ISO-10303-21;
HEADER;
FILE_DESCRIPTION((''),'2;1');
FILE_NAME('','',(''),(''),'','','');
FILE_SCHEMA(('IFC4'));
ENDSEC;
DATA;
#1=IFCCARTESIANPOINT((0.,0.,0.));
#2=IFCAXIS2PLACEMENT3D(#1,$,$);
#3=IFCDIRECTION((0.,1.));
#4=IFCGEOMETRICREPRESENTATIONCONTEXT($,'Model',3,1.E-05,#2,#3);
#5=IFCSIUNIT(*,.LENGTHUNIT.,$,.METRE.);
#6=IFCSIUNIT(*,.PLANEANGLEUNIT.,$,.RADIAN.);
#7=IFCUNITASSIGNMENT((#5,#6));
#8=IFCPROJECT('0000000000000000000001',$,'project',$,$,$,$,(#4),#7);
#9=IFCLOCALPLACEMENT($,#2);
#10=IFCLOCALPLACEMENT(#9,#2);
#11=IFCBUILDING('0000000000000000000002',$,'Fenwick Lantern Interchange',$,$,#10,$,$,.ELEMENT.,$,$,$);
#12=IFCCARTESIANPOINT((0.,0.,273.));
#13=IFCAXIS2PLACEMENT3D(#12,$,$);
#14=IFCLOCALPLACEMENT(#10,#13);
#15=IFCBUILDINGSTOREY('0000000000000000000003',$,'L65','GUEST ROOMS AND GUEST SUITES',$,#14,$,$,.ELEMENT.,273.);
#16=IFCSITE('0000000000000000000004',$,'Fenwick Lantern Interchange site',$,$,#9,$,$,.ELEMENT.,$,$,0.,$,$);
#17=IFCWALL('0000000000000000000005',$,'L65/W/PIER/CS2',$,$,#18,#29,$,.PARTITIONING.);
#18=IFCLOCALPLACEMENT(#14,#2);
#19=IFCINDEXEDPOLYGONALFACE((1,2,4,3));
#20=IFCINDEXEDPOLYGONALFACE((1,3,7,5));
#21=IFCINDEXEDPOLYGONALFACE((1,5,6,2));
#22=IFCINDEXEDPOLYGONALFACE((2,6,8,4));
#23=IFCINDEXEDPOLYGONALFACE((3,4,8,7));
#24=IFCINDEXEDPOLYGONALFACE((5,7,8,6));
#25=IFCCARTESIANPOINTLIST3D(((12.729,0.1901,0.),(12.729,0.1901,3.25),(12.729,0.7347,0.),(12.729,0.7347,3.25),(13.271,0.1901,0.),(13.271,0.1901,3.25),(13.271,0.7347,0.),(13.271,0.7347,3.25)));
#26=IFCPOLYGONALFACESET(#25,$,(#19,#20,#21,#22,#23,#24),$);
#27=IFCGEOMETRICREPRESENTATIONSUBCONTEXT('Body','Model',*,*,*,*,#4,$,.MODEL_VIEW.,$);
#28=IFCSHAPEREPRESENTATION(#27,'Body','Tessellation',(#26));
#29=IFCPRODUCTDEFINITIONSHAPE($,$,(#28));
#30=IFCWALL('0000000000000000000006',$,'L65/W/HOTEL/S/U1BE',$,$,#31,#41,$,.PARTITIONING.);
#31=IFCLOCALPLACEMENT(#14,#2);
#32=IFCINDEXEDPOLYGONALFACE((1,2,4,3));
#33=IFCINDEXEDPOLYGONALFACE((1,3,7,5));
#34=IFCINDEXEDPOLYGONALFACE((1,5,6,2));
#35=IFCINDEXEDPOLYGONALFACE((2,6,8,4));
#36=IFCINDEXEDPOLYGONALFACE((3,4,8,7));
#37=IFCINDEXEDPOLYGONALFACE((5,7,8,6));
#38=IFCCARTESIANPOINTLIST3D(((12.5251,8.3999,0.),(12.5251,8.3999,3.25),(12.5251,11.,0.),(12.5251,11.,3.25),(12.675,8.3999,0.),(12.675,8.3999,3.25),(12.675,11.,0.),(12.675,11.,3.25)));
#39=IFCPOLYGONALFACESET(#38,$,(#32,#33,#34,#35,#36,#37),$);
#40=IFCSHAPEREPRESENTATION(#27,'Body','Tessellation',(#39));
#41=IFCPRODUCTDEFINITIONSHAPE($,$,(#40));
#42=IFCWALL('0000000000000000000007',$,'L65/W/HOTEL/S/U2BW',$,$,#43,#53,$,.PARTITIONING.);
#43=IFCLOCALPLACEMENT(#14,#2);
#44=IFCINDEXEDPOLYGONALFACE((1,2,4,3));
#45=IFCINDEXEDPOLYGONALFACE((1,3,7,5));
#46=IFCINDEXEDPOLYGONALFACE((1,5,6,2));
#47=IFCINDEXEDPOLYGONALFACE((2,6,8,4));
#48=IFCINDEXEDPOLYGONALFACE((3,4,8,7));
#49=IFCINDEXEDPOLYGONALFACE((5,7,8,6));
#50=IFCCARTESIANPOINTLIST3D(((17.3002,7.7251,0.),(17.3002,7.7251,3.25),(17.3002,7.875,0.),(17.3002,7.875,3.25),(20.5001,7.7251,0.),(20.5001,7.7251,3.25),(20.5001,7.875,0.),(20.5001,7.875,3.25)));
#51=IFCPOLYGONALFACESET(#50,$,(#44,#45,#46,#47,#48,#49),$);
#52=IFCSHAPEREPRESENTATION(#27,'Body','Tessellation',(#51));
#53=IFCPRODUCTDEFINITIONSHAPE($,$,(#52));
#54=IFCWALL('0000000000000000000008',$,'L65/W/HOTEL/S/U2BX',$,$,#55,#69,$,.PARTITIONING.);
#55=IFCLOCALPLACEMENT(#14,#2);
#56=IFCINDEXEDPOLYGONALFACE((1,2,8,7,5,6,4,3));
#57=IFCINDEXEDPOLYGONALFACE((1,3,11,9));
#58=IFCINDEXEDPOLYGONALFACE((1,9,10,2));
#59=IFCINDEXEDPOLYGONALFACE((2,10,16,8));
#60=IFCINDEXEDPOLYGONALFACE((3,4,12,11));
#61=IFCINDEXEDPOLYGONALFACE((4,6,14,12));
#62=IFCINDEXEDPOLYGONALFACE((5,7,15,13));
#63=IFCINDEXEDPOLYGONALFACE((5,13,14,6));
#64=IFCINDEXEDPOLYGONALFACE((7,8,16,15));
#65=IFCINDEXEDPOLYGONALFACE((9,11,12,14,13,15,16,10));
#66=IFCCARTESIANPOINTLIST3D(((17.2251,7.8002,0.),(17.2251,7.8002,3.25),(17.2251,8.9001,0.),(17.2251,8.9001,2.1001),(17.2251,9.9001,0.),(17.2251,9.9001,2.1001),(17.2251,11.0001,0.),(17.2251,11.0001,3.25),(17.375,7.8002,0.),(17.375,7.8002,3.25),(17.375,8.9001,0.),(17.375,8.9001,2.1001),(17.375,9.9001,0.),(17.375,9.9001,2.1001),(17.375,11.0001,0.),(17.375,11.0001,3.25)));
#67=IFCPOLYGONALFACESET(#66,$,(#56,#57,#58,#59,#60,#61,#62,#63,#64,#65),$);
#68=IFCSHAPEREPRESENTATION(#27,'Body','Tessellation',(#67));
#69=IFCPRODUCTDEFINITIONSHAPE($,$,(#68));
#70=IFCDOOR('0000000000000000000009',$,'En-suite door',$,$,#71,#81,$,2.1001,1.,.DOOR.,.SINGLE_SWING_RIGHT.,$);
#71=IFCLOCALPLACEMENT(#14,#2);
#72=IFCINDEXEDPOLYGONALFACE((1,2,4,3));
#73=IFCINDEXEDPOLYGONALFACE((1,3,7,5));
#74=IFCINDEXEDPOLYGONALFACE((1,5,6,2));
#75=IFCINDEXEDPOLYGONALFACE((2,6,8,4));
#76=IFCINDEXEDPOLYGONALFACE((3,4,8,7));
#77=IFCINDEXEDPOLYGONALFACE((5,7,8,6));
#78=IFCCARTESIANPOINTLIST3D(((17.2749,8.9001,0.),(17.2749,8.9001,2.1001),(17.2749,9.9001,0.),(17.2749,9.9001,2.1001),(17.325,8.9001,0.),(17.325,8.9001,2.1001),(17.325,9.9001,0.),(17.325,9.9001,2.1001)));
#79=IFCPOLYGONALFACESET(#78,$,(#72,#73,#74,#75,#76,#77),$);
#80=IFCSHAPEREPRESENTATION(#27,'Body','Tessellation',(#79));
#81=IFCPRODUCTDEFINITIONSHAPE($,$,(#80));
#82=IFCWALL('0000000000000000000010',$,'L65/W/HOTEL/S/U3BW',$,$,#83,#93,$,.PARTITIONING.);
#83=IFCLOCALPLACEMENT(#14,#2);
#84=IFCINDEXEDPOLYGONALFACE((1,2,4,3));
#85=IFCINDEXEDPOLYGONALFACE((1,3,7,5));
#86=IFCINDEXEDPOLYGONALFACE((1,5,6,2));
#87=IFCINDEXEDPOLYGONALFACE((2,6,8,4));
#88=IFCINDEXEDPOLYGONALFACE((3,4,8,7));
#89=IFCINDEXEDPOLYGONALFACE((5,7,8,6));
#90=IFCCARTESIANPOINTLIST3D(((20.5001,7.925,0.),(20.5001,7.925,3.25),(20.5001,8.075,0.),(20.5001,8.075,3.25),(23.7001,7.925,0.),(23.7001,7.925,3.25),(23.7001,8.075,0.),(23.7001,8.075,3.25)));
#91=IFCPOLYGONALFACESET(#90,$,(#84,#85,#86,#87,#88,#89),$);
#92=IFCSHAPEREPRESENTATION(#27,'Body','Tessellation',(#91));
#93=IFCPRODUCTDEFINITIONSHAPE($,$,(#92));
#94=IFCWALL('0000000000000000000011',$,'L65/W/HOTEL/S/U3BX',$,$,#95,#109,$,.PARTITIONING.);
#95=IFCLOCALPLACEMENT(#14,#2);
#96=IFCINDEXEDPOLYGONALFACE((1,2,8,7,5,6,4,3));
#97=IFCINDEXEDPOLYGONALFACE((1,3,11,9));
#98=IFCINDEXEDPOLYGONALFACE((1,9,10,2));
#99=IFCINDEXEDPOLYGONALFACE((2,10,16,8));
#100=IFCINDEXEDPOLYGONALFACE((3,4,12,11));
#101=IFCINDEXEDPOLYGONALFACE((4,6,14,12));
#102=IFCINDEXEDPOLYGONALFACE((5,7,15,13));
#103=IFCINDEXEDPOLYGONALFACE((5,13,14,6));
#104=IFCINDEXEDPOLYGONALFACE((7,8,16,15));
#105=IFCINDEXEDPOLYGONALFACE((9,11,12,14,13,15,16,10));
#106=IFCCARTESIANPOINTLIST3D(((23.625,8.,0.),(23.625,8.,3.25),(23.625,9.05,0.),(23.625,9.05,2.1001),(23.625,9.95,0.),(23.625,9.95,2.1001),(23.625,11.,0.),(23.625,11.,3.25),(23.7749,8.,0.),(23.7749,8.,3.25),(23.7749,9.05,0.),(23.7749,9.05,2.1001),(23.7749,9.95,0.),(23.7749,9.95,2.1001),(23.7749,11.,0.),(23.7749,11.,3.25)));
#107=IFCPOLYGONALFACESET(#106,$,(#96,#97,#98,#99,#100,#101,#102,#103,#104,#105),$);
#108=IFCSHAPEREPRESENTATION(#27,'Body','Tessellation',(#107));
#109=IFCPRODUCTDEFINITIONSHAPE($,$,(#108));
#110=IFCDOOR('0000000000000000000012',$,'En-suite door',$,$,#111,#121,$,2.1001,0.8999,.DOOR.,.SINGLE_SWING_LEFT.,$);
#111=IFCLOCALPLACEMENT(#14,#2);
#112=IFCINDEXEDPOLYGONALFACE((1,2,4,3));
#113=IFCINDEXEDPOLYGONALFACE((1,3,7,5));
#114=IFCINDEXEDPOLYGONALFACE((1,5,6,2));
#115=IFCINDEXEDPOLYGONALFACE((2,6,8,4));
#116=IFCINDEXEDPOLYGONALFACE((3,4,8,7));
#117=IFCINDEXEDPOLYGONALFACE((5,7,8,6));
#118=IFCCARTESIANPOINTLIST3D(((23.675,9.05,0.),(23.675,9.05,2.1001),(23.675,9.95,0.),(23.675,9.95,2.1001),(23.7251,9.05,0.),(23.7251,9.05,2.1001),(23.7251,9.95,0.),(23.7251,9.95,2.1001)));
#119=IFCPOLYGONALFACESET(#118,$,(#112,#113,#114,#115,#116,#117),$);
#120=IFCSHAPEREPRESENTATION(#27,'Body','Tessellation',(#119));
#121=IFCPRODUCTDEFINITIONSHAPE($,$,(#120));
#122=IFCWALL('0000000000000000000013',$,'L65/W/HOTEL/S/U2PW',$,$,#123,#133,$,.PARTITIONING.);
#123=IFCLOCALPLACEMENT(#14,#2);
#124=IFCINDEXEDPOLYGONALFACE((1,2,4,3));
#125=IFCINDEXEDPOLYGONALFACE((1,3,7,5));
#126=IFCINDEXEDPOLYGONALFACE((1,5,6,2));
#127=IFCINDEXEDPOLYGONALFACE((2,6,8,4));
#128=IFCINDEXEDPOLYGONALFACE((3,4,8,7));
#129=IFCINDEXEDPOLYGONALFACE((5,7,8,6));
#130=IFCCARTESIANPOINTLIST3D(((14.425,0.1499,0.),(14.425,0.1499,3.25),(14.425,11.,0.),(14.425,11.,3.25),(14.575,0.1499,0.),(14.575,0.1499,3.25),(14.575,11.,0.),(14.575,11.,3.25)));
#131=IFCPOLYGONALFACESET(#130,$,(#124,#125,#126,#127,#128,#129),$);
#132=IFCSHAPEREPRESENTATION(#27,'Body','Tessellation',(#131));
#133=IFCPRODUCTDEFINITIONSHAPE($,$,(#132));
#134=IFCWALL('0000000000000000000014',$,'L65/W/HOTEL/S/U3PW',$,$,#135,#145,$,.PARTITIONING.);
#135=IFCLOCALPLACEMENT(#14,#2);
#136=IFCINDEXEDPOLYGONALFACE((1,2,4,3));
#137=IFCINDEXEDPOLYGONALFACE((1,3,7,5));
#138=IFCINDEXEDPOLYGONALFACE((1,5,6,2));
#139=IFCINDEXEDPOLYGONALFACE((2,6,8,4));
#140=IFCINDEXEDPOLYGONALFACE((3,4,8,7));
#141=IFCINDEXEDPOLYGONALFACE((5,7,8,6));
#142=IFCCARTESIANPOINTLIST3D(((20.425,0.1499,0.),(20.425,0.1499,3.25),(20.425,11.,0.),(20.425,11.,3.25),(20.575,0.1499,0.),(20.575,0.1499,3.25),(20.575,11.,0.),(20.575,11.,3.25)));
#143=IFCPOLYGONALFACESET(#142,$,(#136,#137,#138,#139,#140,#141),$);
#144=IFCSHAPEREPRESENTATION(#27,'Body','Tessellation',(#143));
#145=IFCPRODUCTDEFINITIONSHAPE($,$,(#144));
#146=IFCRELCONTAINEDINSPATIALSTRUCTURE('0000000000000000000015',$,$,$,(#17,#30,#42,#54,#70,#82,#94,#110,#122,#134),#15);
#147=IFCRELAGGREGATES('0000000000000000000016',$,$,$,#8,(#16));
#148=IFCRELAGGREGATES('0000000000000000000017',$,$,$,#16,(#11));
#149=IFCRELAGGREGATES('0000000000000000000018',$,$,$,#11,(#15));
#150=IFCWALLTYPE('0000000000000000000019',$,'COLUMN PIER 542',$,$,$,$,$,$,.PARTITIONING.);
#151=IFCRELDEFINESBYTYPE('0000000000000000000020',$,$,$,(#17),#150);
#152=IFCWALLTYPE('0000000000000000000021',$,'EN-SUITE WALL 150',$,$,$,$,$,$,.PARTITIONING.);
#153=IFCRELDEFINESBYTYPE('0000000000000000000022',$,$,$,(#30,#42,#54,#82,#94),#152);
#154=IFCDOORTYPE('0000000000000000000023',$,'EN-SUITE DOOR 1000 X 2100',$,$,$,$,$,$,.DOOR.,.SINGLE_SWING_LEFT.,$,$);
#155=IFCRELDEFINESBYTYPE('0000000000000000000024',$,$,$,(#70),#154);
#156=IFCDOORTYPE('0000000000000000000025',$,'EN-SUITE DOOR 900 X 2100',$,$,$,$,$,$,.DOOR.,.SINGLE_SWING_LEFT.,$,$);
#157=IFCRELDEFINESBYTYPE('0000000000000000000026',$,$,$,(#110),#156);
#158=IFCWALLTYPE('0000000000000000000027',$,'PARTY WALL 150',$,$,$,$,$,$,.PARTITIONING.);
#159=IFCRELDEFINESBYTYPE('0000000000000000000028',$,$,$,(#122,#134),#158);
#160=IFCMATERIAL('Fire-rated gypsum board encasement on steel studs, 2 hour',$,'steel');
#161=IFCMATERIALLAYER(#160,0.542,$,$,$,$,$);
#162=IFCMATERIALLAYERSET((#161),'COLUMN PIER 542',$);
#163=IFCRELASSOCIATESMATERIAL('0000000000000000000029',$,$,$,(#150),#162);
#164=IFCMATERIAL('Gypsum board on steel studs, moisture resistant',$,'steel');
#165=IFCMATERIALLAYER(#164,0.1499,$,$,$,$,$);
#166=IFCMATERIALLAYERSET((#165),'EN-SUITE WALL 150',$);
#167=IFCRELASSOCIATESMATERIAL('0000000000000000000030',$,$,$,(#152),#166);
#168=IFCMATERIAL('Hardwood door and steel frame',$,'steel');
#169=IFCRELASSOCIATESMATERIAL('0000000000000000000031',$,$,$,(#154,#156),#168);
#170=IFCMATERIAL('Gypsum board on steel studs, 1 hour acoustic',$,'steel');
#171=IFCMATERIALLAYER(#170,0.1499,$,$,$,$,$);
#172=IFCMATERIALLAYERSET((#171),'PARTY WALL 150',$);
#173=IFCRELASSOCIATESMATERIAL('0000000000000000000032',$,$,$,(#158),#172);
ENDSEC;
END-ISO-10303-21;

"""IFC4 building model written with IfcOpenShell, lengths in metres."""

from ifc_helpers import new_model, si_unit, direction, frame, frame_2d, origin, place, context, subcontext, project, spatial, rectangle, extrude, material, layer, layer_set, type_object, element, fill, save


model = new_model("IFC4")

# Units and contexts
model_context = context("Model", 3, precision=1e-05, world=origin(), true_north=direction((0.0, 1.0)))
body_context = subcontext(model_context, "Body", "Model", "MODEL_VIEW")
ifc_project = project(units=[si_unit("LENGTHUNIT", "METRE"), si_unit("PLANEANGLEUNIT", "RADIAN")], contexts=[model_context])

# Site, building, storey
site_placement = place(None, origin())
site = spatial("IfcSite", under=ifc_project, at=site_placement, Name="Fenwick Lantern Interchange site", CompositionType="ELEMENT", RefElevation=0.0)
building_placement = place(site_placement, origin())
building = spatial("IfcBuilding", under=site, at=building_placement, Name="Fenwick Lantern Interchange", CompositionType="ELEMENT")
storey_placement = place(building_placement, frame((0.0, 0.0, 273.0)))
storey = spatial("IfcBuildingStorey", under=building, at=storey_placement, Name="L65", Description="GUEST ROOMS AND GUEST SUITES", CompositionType="ELEMENT", Elevation=273.0)

# Walls
ifc_material_1 = material(Name="Fire-rated gypsum board encasement on steel studs, 2 hour", Category="steel")
ifc_layer_1 = layer(ifc_material_1, 0.542)
ifc_layer_set_1 = layer_set([ifc_layer_1], Name="COLUMN PIER 542")
wall_type_1 = type_object("IfcWallType", Name="COLUMN PIER 542", PredefinedType="PARTITIONING", material=ifc_layer_set_1)
wall_1_placement = place(storey_placement, frame((13.0, 0.1899, 0.0), z_axis=(0.0, 0.0, 1.0), x_axis=(0.0, 1.0, 0.0)))
element("IfcWall", 1, at=wall_1_placement, inside=storey, type_object=wall_type_1, Name="L65/W/PIER/CS2", PredefinedType="PARTITIONING", context=body_context, shape_type="SweptSolid", body=[
    extrude(rectangle(XDim=0.5447, YDim=0.542, at=frame_2d((0.2725, 0.0))), origin(), (0.0, 0.0, 1.0), 3.25),
])
ifc_material_2 = material(Name="Gypsum board on steel studs, moisture resistant", Category="steel")
ifc_layer_2 = layer(ifc_material_2, 0.1499)
ifc_layer_set_2 = layer_set([ifc_layer_2], Name="EN-SUITE WALL 150")
wall_type_2 = type_object("IfcWallType", Name="EN-SUITE WALL 150", PredefinedType="PARTITIONING", material=ifc_layer_set_2)
wall_2_placement = place(storey_placement, frame((12.6001, 8.3999, 0.0), z_axis=(0.0, 0.0, 1.0), x_axis=(0.0, 1.0, 0.0)))
element("IfcWall", 2, at=wall_2_placement, inside=storey, type_object=wall_type_2, Name="L65/W/HOTEL/S/U1BE", PredefinedType="PARTITIONING", context=body_context, shape_type="SweptSolid", body=[
    extrude(rectangle(XDim=2.6001, YDim=0.1499, at=frame_2d((1.3, 0.0))), origin(), (0.0, 0.0, 1.0), 3.25),
])
wall_3_placement = place(storey_placement, frame((17.3, 7.8, 0.0), z_axis=(0.0, 0.0, 1.0), x_axis=(1.0, 0.0, 0.0)))
element("IfcWall", 3, at=wall_3_placement, inside=storey, type_object=wall_type_2, Name="L65/W/HOTEL/S/U2BW", PredefinedType="PARTITIONING", context=body_context, shape_type="SweptSolid", body=[
    extrude(rectangle(XDim=3.2, YDim=0.1499, at=frame_2d((1.6001, 0.0))), origin(), (0.0, 0.0, 1.0), 3.25),
])

# Wall, opening, door
wall_4_placement = place(storey_placement, frame((17.3, 7.8, 0.0), z_axis=(0.0, 0.0, 1.0), x_axis=(0.0, 1.0, 0.0)))
wall_4 = element("IfcWall", 4, at=wall_4_placement, inside=storey, type_object=wall_type_2, Name="L65/W/HOTEL/S/U2BX", PredefinedType="PARTITIONING", context=body_context, shape_type="SweptSolid", body=[
    extrude(rectangle(XDim=3.2, YDim=0.1499, at=frame_2d((1.6001, 0.0))), origin(), (0.0, 0.0, 1.0), 3.25),
])
opening_1_placement = place(wall_4_placement, frame((1.1001, 0.0, 0.0)))
opening_1 = element("IfcOpeningElement", 5, at=opening_1_placement, cuts=wall_4, PredefinedType="OPENING", context=body_context, shape_type="SweptSolid", body=[
    extrude(rectangle(XDim=1.0, YDim=2.1001, at=frame_2d((0.5, 1.05))), frame((0.0, 0.085, 0.0), z_axis=(0.0, -1.0, 0.0), x_axis=(1.0, 0.0, 0.0)), (0.0, 0.0, 1.0), 0.1699),
])
ifc_material_3 = material(Name="Hardwood door and steel frame", Category="steel")
door_type_1 = type_object("IfcDoorType", Name="EN-SUITE DOOR 1000 X 2100", OperationType="SINGLE_SWING_LEFT", PredefinedType="DOOR", material=ifc_material_3)
door_1_placement = place(opening_1_placement, frame((1.0, 0.0, 0.0), z_axis=(0.0, 0.0, 1.0), x_axis=(-1.0, 0.0, 0.0)))
door_1 = element("IfcDoor", 6, at=door_1_placement, inside=storey, type_object=door_type_1, Name="En-suite door", OperationType="SINGLE_SWING_RIGHT", OverallHeight=2.1001, OverallWidth=1.0, PredefinedType="DOOR", context=body_context, shape_type="SweptSolid", body=[
    extrude(rectangle(XDim=1.0, YDim=2.1001, at=frame_2d((0.5, 1.05))), frame((0.0, 0.0249, 0.0), z_axis=(0.0, -1.0, 0.0), x_axis=(1.0, 0.0, 0.0)), (0.0, 0.0, 1.0), 0.05),
])
fill(opening_1, door_1)

# Wall
wall_5_placement = place(storey_placement, frame((20.5, 8.0, 0.0), z_axis=(0.0, 0.0, 1.0), x_axis=(1.0, 0.0, 0.0)))
element("IfcWall", 7, at=wall_5_placement, inside=storey, type_object=wall_type_2, Name="L65/W/HOTEL/S/U3BW", PredefinedType="PARTITIONING", context=body_context, shape_type="SweptSolid", body=[
    extrude(rectangle(XDim=3.2, YDim=0.1499, at=frame_2d((1.6001, 0.0))), origin(), (0.0, 0.0, 1.0), 3.25),
])

# Wall, opening, door
wall_6_placement = place(storey_placement, frame((23.7, 8.0, 0.0), z_axis=(0.0, 0.0, 1.0), x_axis=(0.0, 1.0, 0.0)))
wall_6 = element("IfcWall", 8, at=wall_6_placement, inside=storey, type_object=wall_type_2, Name="L65/W/HOTEL/S/U3BX", PredefinedType="PARTITIONING", context=body_context, shape_type="SweptSolid", body=[
    extrude(rectangle(XDim=3.0, YDim=0.1499, at=frame_2d((1.5, 0.0))), origin(), (0.0, 0.0, 1.0), 3.25),
])
opening_2_placement = place(wall_6_placement, frame((1.05, 0.0, 0.0)))
opening_2 = element("IfcOpeningElement", 9, at=opening_2_placement, cuts=wall_6, PredefinedType="OPENING", context=body_context, shape_type="SweptSolid", body=[
    extrude(rectangle(XDim=0.8999, YDim=2.1001, at=frame_2d((0.45, 1.05))), frame((0.0, 0.085, 0.0), z_axis=(0.0, -1.0, 0.0), x_axis=(1.0, 0.0, 0.0)), (0.0, 0.0, 1.0), 0.1699),
])
door_type_2 = type_object("IfcDoorType", Name="EN-SUITE DOOR 900 X 2100", OperationType="SINGLE_SWING_LEFT", PredefinedType="DOOR", material=ifc_material_3)
door_2_placement = place(opening_2_placement, origin())
door_2 = element("IfcDoor", 10, at=door_2_placement, inside=storey, type_object=door_type_2, Name="En-suite door", OperationType="SINGLE_SWING_LEFT", OverallHeight=2.1001, OverallWidth=0.8999, PredefinedType="DOOR", context=body_context, shape_type="SweptSolid", body=[
    extrude(rectangle(XDim=0.8999, YDim=2.1001, at=frame_2d((0.45, 1.05))), frame((0.0, 0.0249, 0.0), z_axis=(0.0, -1.0, 0.0), x_axis=(1.0, 0.0, 0.0)), (0.0, 0.0, 1.0), 0.05),
])
fill(opening_2, door_2)

# Walls
ifc_material_4 = material(Name="Gypsum board on steel studs, 1 hour acoustic", Category="steel")
ifc_layer_3 = layer(ifc_material_4, 0.1499)
ifc_layer_set_3 = layer_set([ifc_layer_3], Name="PARTY WALL 150")
wall_type_3 = type_object("IfcWallType", Name="PARTY WALL 150", PredefinedType="PARTITIONING", material=ifc_layer_set_3)
for number, where, z_axis, x_axis, name in (
    (11, (14.5, 0.1499, 0.0), (0.0, 0.0, 1.0), (0.0, 1.0, 0.0), "L65/W/HOTEL/S/U2PW"),
    (12, (20.5, 0.1499, 0.0), (0.0, 0.0, 1.0), (0.0, 1.0, 0.0), "L65/W/HOTEL/S/U3PW"),
):
    element("IfcWall", number, at=place(storey_placement, frame(where, z_axis=z_axis, x_axis=x_axis)), inside=storey, type_object=wall_type_3, Name=name, PredefinedType="PARTITIONING", context=body_context, shape_type="SweptSolid", body=[
        extrude(rectangle(XDim=10.8501, YDim=0.1499, at=frame_2d((5.425, 0.0))), origin(), (0.0, 0.0, 1.0), 3.25),
    ])

save(model, "model.ifc")
